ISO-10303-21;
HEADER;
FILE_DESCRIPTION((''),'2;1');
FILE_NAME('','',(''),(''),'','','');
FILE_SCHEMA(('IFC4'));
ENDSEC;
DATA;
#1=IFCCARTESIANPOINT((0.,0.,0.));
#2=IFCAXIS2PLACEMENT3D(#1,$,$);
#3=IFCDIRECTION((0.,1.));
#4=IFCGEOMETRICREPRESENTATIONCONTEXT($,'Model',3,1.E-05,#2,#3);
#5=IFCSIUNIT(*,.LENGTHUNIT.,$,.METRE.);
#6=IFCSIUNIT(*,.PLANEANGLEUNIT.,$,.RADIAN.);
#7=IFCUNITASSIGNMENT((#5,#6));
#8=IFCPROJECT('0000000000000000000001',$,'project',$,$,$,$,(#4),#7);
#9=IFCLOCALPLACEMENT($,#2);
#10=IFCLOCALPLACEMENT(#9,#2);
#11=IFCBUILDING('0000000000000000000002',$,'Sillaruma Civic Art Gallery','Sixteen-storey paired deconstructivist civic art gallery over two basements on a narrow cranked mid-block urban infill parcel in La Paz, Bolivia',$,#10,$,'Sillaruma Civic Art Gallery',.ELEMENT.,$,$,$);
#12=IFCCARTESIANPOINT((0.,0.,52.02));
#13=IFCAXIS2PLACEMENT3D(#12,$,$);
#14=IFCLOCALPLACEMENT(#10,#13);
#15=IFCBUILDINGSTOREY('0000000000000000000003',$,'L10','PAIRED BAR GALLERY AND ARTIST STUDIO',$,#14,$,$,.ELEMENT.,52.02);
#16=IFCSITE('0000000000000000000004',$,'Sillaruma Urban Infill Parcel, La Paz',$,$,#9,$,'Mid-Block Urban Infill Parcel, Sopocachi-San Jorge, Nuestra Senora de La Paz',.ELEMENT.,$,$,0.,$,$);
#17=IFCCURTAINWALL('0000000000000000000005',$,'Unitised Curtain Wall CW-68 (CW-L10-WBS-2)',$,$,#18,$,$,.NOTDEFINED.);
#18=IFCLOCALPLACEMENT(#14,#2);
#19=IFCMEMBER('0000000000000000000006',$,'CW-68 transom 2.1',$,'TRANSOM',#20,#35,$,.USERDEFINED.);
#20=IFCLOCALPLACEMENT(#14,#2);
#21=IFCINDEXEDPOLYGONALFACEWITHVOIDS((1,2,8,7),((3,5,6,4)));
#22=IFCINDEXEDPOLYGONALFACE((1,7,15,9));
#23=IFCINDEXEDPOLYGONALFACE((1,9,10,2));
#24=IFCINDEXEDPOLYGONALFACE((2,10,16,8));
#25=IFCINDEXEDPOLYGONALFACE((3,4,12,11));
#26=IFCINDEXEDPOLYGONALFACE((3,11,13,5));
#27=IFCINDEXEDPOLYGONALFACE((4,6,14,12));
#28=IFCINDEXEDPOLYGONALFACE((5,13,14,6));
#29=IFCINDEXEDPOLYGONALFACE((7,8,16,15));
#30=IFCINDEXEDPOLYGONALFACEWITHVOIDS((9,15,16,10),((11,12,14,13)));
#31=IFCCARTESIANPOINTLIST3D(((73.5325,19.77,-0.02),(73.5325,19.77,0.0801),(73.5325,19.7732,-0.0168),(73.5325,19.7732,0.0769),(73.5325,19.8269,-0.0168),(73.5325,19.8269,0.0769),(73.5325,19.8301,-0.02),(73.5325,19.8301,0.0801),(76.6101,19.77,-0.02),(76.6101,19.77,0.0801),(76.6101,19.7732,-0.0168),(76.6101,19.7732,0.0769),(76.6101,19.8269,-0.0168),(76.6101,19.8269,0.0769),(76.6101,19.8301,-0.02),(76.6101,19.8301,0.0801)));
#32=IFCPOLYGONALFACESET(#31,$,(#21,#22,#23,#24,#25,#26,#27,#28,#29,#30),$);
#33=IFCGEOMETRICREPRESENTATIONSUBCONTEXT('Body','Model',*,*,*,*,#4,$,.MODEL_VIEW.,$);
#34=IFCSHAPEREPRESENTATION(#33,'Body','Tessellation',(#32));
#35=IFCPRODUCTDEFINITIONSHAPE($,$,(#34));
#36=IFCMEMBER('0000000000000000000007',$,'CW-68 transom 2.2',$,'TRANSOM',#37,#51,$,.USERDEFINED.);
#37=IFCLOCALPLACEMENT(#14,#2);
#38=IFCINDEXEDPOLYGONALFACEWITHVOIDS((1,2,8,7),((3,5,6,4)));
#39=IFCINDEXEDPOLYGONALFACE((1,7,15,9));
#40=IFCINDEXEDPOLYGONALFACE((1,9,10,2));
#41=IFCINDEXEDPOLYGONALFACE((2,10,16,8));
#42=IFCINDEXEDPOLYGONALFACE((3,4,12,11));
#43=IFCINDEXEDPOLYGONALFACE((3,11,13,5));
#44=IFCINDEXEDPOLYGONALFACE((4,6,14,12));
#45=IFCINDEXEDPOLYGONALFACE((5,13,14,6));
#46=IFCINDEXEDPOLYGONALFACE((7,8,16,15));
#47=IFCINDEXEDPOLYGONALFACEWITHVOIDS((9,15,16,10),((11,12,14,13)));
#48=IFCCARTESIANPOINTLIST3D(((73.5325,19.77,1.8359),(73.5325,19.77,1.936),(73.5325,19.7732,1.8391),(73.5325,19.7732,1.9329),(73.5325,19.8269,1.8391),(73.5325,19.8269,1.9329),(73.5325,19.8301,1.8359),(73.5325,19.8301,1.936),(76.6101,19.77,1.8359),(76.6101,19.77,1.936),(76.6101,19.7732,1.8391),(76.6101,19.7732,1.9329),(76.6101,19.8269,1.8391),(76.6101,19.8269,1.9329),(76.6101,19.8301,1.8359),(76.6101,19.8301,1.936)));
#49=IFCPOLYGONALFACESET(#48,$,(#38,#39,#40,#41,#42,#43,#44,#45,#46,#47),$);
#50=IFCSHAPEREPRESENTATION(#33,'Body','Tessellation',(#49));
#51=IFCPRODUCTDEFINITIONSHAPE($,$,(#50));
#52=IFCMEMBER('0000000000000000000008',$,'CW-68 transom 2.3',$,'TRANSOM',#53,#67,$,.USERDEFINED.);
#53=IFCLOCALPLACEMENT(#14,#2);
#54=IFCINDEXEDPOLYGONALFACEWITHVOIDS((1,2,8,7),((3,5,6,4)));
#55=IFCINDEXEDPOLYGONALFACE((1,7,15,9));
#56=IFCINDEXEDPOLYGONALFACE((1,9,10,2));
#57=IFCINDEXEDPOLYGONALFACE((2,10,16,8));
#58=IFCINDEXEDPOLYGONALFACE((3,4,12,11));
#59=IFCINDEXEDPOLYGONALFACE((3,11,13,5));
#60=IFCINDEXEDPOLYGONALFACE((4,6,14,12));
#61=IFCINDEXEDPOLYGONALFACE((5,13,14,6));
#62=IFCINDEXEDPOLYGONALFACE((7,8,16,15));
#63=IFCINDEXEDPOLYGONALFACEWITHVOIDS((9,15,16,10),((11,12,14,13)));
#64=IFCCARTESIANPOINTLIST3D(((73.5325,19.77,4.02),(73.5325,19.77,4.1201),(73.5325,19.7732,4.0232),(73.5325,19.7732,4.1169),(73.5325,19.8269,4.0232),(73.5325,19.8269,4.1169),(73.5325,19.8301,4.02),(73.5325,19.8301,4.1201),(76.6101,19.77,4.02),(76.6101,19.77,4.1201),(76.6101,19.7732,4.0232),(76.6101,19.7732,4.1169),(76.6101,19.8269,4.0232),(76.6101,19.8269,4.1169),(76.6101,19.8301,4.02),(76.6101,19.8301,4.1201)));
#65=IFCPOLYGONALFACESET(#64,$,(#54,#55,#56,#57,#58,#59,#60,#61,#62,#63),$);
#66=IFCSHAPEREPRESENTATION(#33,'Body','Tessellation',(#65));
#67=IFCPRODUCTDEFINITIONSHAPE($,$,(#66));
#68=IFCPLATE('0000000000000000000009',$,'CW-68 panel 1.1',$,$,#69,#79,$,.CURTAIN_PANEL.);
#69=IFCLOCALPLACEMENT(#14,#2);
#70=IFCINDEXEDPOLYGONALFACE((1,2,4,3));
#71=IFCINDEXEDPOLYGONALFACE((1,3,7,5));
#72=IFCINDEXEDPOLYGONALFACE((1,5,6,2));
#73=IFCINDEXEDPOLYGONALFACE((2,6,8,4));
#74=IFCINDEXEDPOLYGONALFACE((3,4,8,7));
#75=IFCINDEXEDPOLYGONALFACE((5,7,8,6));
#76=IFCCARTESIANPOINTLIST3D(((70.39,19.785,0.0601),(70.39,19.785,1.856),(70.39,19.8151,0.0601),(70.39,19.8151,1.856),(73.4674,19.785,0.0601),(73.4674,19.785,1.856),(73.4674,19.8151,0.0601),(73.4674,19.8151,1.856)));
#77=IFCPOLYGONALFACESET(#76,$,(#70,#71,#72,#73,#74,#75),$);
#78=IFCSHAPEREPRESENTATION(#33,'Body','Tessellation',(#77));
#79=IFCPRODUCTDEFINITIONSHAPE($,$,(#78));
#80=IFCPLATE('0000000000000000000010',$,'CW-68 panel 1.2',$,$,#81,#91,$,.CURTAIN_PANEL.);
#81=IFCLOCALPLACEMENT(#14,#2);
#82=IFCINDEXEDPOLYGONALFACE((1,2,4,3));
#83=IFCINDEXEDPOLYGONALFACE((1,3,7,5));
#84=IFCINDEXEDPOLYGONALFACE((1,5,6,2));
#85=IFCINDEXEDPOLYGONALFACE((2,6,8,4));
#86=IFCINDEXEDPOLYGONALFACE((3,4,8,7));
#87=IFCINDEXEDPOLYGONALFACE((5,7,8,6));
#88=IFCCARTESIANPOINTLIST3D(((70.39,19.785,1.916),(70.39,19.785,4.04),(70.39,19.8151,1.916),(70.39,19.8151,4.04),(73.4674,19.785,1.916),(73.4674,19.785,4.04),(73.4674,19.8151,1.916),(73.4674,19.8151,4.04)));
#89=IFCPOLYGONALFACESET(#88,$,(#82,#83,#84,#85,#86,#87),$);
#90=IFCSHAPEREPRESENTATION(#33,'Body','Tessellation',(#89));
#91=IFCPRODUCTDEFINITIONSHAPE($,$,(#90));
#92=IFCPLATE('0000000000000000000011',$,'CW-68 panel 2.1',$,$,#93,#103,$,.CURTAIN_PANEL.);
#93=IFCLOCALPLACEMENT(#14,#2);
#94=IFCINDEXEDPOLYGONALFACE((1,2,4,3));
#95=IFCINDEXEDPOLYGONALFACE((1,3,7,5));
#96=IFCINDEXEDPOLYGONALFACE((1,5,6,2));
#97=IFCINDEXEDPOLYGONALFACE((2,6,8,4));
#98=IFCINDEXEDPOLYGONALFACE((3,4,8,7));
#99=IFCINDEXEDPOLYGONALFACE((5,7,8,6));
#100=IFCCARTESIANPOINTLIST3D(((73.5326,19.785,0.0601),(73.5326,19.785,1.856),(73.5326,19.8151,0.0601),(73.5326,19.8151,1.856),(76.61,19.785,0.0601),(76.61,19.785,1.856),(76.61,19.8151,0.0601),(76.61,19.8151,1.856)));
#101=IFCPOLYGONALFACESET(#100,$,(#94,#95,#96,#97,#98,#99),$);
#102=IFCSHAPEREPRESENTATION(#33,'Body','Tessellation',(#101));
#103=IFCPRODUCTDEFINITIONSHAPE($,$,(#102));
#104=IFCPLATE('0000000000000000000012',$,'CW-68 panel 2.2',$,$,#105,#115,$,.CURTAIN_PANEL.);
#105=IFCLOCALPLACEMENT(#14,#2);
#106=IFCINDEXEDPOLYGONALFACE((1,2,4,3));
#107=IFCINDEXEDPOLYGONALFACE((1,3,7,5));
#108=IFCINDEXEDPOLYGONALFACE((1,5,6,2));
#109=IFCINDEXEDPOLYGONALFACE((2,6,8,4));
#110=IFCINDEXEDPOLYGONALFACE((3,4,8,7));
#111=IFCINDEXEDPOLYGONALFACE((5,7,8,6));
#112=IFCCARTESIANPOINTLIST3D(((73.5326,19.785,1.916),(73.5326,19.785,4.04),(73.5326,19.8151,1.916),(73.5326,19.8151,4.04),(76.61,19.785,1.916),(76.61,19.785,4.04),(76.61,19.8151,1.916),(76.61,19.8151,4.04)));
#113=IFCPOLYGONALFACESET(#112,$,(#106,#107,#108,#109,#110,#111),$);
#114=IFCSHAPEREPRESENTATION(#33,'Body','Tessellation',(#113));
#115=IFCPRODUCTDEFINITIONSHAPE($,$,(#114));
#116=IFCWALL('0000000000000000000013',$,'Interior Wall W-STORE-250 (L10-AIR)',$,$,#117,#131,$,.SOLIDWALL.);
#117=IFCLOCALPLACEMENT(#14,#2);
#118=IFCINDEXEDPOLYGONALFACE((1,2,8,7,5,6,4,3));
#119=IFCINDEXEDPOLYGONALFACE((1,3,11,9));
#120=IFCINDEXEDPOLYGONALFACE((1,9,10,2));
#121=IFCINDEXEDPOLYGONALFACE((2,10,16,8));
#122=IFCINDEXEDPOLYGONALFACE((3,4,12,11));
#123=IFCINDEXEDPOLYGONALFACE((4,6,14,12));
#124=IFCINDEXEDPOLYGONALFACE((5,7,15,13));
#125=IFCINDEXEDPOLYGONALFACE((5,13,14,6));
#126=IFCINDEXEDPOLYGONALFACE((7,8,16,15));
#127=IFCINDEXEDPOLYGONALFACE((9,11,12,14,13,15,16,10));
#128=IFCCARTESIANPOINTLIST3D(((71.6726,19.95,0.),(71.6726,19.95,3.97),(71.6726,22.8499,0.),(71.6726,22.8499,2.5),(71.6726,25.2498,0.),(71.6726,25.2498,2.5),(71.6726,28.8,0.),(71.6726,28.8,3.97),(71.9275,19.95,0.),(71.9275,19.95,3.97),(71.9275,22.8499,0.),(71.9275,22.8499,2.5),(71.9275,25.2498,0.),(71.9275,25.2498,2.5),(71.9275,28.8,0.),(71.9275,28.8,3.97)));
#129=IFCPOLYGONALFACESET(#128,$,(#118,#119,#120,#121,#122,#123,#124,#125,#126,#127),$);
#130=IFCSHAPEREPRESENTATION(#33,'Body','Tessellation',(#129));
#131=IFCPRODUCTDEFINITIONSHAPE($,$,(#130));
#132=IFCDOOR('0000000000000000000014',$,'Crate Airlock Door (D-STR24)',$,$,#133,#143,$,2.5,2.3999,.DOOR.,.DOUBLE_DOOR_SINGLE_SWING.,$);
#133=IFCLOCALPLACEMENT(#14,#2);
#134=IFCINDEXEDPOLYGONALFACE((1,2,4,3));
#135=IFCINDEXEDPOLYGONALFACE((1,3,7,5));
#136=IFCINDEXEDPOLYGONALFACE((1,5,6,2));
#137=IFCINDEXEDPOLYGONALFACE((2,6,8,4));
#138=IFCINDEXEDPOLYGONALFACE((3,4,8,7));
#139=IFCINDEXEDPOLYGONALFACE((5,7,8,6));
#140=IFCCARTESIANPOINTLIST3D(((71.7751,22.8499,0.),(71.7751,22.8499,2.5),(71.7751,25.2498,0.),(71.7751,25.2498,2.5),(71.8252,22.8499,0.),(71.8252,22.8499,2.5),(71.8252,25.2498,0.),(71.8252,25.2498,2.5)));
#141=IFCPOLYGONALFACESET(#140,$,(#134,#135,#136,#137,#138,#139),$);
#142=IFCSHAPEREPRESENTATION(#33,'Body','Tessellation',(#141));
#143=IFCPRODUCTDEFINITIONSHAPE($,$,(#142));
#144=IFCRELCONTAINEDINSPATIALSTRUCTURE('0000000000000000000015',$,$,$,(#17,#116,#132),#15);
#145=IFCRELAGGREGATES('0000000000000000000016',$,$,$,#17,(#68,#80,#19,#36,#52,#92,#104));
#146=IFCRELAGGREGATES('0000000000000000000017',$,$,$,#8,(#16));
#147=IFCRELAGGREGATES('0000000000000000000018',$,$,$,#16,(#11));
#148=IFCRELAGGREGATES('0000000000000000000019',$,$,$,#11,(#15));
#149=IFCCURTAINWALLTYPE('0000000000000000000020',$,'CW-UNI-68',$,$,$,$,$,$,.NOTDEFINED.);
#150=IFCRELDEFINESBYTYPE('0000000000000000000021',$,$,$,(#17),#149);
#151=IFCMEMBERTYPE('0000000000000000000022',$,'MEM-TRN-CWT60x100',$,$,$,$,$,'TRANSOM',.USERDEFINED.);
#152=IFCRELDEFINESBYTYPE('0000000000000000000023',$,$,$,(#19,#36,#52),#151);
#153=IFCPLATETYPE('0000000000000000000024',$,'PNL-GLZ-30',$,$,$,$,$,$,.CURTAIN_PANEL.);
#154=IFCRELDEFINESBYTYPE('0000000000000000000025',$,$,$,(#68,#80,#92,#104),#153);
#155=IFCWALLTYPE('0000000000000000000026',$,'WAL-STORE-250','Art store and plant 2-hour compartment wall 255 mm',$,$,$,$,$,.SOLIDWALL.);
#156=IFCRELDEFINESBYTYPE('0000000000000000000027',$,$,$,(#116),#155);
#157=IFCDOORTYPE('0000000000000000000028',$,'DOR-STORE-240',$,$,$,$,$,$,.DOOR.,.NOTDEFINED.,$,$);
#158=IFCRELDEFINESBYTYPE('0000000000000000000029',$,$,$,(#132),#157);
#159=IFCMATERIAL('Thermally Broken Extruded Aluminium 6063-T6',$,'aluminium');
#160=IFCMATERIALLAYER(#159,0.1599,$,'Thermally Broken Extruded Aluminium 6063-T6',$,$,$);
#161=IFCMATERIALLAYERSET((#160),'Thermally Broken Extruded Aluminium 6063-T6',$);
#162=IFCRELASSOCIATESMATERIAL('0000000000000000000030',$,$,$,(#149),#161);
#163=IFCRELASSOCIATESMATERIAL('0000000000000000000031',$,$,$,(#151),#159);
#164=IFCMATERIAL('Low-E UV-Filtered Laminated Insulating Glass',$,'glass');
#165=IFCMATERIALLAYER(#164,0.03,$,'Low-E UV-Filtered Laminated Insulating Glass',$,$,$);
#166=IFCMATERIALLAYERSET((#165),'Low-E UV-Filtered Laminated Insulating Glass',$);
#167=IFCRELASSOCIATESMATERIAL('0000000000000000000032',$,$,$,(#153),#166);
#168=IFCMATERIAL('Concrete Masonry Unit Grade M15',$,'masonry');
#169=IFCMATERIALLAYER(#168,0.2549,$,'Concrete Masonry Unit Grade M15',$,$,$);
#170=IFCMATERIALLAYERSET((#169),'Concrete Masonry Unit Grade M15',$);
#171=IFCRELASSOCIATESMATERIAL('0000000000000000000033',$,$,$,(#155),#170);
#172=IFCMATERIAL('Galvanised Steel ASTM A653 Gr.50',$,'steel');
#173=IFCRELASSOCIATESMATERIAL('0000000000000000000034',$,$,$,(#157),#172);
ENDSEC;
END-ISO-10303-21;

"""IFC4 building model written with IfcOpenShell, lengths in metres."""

from ifc_helpers import new_model, si_unit, direction, frame, frame_2d, origin, origin_2d, place, context, subcontext, project, spatial, rectangle, hollow_rectangle, extrude, material, layer, layer_set, material_profile, profile_set, type_object, element, fill, aggregate, save


model = new_model("IFC4")

# Units and contexts
model_context = context("Model", 3, precision=1e-05, world=origin(), true_north=direction((0.0, 1.0)))
body_context = subcontext(model_context, "Body", "Model", "MODEL_VIEW")
ifc_project = project(units=[si_unit("LENGTHUNIT", "METRE"), si_unit("PLANEANGLEUNIT", "RADIAN")], contexts=[model_context])

# Site, building, storey
site_placement = place(None, origin())
site = spatial("IfcSite", under=ifc_project, at=site_placement, Name="Sillaruma Urban Infill Parcel, La Paz", LongName="Mid-Block Urban Infill Parcel, Sopocachi-San Jorge, Nuestra Senora de La Paz", CompositionType="ELEMENT", RefElevation=0.0)
building_placement = place(site_placement, origin())
building = spatial("IfcBuilding", under=site, at=building_placement, Name="Sillaruma Civic Art Gallery", Description="Sixteen-storey paired deconstructivist civic art gallery over two basements on a narrow cranked mid-block urban infill parcel in La Paz, Bolivia", LongName="Sillaruma Civic Art Gallery", CompositionType="ELEMENT")
storey_placement = place(building_placement, frame((0.0, 0.0, 52.02)))
storey = spatial("IfcBuildingStorey", under=building, at=storey_placement, Name="L10", Description="PAIRED BAR GALLERY AND ARTIST STUDIO", CompositionType="ELEMENT", Elevation=52.02)

# Curtain wall, members, plates
ifc_material_1 = material(Name="Thermally Broken Extruded Aluminium 6063-T6", Category="aluminium")
ifc_layer_1 = layer(ifc_material_1, 0.1599, Name="Thermally Broken Extruded Aluminium 6063-T6")
ifc_layer_set_1 = layer_set([ifc_layer_1], Name="Thermally Broken Extruded Aluminium 6063-T6")
curtain_wall_type = type_object("IfcCurtainWallType", Name="CW-UNI-68", PredefinedType="NOTDEFINED", material=ifc_layer_set_1)
curtain_wall_placement = place(storey_placement, origin())
curtain_wall = element("IfcCurtainWall", 1, at=curtain_wall_placement, inside=storey, type_object=curtain_wall_type, Name="Unitised Curtain Wall CW-68 (CW-L10-WBS-2)", PredefinedType="NOTDEFINED")
ifc_material_profile_1 = material_profile(ifc_material_1, hollow_rectangle(XDim=0.0601, YDim=0.1001, WallThickness=0.0032, at=origin_2d()), Name="CWT60x100")
ifc_profile_set_1 = profile_set([ifc_material_profile_1], Name="Thermally Broken Extruded Aluminium 6063-T6")
member_type_1 = type_object("IfcMemberType", Name="MEM-TRN-CWT60x100", ElementType="TRANSOM", PredefinedType="USERDEFINED", material=ifc_profile_set_1)
member_1_placement = place(storey_placement, frame((73.5325, 19.8, 0.03), z_axis=(1.0, 0.0, 0.0), x_axis=(0.0, 1.0, 0.0)))
member_1 = element("IfcMember", 2, at=member_1_placement, type_object=member_type_1, Name="CW-68 transom 2.1", ObjectType="TRANSOM", PredefinedType="USERDEFINED", context=body_context, shape_type="SweptSolid", body=[
    extrude(hollow_rectangle(XDim=0.0601, YDim=0.1001, WallThickness=0.0032, at=origin_2d()), origin(), (0.0, 0.0, 1.0), 3.0776),
])
member_2_placement = place(storey_placement, frame((73.5325, 19.8, 1.886), z_axis=(1.0, 0.0, 0.0), x_axis=(0.0, 1.0, 0.0)))
member_2 = element("IfcMember", 3, at=member_2_placement, type_object=member_type_1, Name="CW-68 transom 2.2", ObjectType="TRANSOM", PredefinedType="USERDEFINED", context=body_context, shape_type="SweptSolid", body=[
    extrude(hollow_rectangle(XDim=0.0601, YDim=0.1001, WallThickness=0.0032, at=origin_2d()), origin(), (0.0, 0.0, 1.0), 3.0776),
])
member_3_placement = place(storey_placement, frame((73.5325, 19.8, 4.0701), z_axis=(1.0, 0.0, 0.0), x_axis=(0.0, 1.0, 0.0)))
member_3 = element("IfcMember", 4, at=member_3_placement, type_object=member_type_1, Name="CW-68 transom 2.3", ObjectType="TRANSOM", PredefinedType="USERDEFINED", context=body_context, shape_type="SweptSolid", body=[
    extrude(hollow_rectangle(XDim=0.0601, YDim=0.1001, WallThickness=0.0032, at=origin_2d()), origin(), (0.0, 0.0, 1.0), 3.0776),
])
ifc_material_2 = material(Name="Low-E UV-Filtered Laminated Insulating Glass", Category="glass")
ifc_layer_2 = layer(ifc_material_2, 0.03, Name="Low-E UV-Filtered Laminated Insulating Glass")
ifc_layer_set_2 = layer_set([ifc_layer_2], Name="Low-E UV-Filtered Laminated Insulating Glass")
plate_type = type_object("IfcPlateType", Name="PNL-GLZ-30", PredefinedType="CURTAIN_PANEL", material=ifc_layer_set_2)
plate_1_placement = place(storey_placement, frame((71.9287, 19.8, 0.0601), z_axis=(0.0, 0.0, 1.0), x_axis=(1.0, 0.0, 0.0)))
plate_1 = element("IfcPlate", 5, at=plate_1_placement, type_object=plate_type, Name="CW-68 panel 1.1", PredefinedType="CURTAIN_PANEL", context=body_context, shape_type="SweptSolid", body=[
    extrude(rectangle(XDim=3.0774, YDim=0.03, at=origin_2d()), origin(), (0.0, 0.0, 1.0), 1.7959),
])
plate_2_placement = place(storey_placement, frame((71.9287, 19.8, 1.916), z_axis=(0.0, 0.0, 1.0), x_axis=(1.0, 0.0, 0.0)))
plate_2 = element("IfcPlate", 6, at=plate_2_placement, type_object=plate_type, Name="CW-68 panel 1.2", PredefinedType="CURTAIN_PANEL", context=body_context, shape_type="SweptSolid", body=[
    extrude(rectangle(XDim=3.0774, YDim=0.03, at=origin_2d()), origin(), (0.0, 0.0, 1.0), 2.124),
])
plate_3_placement = place(storey_placement, frame((75.0713, 19.8, 0.0601), z_axis=(0.0, 0.0, 1.0), x_axis=(1.0, 0.0, 0.0)))
plate_3 = element("IfcPlate", 7, at=plate_3_placement, type_object=plate_type, Name="CW-68 panel 2.1", PredefinedType="CURTAIN_PANEL", context=body_context, shape_type="SweptSolid", body=[
    extrude(rectangle(XDim=3.0774, YDim=0.03, at=origin_2d()), origin(), (0.0, 0.0, 1.0), 1.7959),
])
plate_4_placement = place(storey_placement, frame((75.0713, 19.8, 1.916), z_axis=(0.0, 0.0, 1.0), x_axis=(1.0, 0.0, 0.0)))
plate_4 = element("IfcPlate", 8, at=plate_4_placement, type_object=plate_type, Name="CW-68 panel 2.2", PredefinedType="CURTAIN_PANEL", context=body_context, shape_type="SweptSolid", body=[
    extrude(rectangle(XDim=3.0774, YDim=0.03, at=origin_2d()), origin(), (0.0, 0.0, 1.0), 2.124),
])
aggregate(curtain_wall, [plate_1, plate_2, member_1, member_2, member_3, plate_3, plate_4])

# Wall, opening, door
ifc_material_3 = material(Name="Galvanised Steel ASTM A653 Gr.50", Category="steel")
ifc_material_4 = material(Name="Concrete Masonry Unit Grade M15", Category="masonry")
ifc_layer_3 = layer(ifc_material_4, 0.2549, Name="Concrete Masonry Unit Grade M15")
ifc_layer_set_3 = layer_set([ifc_layer_3], Name="Concrete Masonry Unit Grade M15")
wall_type_1 = type_object("IfcWallType", Name="WAL-STORE-250", Description="Art store and plant 2-hour compartment wall 255 mm", PredefinedType="SOLIDWALL", material=ifc_layer_set_3)
wall_1_placement = place(storey_placement, frame((71.8, 19.95, 0.0), z_axis=(0.0, 0.0, 1.0), x_axis=(0.0, 1.0, 0.0)))
wall_1 = element("IfcWall", 9, at=wall_1_placement, inside=storey, type_object=wall_type_1, Name="Interior Wall W-STORE-250 (L10-AIR)", PredefinedType="SOLIDWALL", context=body_context, shape_type="SweptSolid", body=[
    extrude(rectangle(XDim=8.8501, YDim=0.2549, at=frame_2d((4.425, 0.0))), origin(), (0.0, 0.0, 1.0), 3.97),
])
opening_1_placement = place(wall_1_placement, frame((2.8999, 0.0, 0.0)))
opening_1 = element("IfcOpeningElement", 10, at=opening_1_placement, cuts=wall_1, PredefinedType="OPENING", context=body_context, shape_type="SweptSolid", body=[
    extrude(rectangle(XDim=2.3999, YDim=2.5, at=frame_2d((1.2, 1.25))), frame((0.0, 0.1375, 0.0), z_axis=(0.0, -1.0, 0.0), x_axis=(1.0, 0.0, 0.0)), (0.0, 0.0, 1.0), 0.2749),
])
door_type_1 = type_object("IfcDoorType", Name="DOR-STORE-240", OperationType="NOTDEFINED", PredefinedType="DOOR", material=ifc_material_3)
door_1_placement = place(opening_1_placement, origin())
door_1 = element("IfcDoor", 11, at=door_1_placement, inside=storey, type_object=door_type_1, Name="Crate Airlock Door (D-STR24)", OperationType="DOUBLE_DOOR_SINGLE_SWING", OverallHeight=2.5, OverallWidth=2.3999, PredefinedType="DOOR", context=body_context, shape_type="SweptSolid", body=[
    extrude(rectangle(XDim=2.3999, YDim=2.5, at=frame_2d((1.2, 1.25))), frame((0.0, 0.0249, 0.0), z_axis=(0.0, -1.0, 0.0), x_axis=(1.0, 0.0, 0.0)), (0.0, 0.0, 1.0), 0.05),
])
fill(opening_1, door_1)

save(model, "model.ifc")
